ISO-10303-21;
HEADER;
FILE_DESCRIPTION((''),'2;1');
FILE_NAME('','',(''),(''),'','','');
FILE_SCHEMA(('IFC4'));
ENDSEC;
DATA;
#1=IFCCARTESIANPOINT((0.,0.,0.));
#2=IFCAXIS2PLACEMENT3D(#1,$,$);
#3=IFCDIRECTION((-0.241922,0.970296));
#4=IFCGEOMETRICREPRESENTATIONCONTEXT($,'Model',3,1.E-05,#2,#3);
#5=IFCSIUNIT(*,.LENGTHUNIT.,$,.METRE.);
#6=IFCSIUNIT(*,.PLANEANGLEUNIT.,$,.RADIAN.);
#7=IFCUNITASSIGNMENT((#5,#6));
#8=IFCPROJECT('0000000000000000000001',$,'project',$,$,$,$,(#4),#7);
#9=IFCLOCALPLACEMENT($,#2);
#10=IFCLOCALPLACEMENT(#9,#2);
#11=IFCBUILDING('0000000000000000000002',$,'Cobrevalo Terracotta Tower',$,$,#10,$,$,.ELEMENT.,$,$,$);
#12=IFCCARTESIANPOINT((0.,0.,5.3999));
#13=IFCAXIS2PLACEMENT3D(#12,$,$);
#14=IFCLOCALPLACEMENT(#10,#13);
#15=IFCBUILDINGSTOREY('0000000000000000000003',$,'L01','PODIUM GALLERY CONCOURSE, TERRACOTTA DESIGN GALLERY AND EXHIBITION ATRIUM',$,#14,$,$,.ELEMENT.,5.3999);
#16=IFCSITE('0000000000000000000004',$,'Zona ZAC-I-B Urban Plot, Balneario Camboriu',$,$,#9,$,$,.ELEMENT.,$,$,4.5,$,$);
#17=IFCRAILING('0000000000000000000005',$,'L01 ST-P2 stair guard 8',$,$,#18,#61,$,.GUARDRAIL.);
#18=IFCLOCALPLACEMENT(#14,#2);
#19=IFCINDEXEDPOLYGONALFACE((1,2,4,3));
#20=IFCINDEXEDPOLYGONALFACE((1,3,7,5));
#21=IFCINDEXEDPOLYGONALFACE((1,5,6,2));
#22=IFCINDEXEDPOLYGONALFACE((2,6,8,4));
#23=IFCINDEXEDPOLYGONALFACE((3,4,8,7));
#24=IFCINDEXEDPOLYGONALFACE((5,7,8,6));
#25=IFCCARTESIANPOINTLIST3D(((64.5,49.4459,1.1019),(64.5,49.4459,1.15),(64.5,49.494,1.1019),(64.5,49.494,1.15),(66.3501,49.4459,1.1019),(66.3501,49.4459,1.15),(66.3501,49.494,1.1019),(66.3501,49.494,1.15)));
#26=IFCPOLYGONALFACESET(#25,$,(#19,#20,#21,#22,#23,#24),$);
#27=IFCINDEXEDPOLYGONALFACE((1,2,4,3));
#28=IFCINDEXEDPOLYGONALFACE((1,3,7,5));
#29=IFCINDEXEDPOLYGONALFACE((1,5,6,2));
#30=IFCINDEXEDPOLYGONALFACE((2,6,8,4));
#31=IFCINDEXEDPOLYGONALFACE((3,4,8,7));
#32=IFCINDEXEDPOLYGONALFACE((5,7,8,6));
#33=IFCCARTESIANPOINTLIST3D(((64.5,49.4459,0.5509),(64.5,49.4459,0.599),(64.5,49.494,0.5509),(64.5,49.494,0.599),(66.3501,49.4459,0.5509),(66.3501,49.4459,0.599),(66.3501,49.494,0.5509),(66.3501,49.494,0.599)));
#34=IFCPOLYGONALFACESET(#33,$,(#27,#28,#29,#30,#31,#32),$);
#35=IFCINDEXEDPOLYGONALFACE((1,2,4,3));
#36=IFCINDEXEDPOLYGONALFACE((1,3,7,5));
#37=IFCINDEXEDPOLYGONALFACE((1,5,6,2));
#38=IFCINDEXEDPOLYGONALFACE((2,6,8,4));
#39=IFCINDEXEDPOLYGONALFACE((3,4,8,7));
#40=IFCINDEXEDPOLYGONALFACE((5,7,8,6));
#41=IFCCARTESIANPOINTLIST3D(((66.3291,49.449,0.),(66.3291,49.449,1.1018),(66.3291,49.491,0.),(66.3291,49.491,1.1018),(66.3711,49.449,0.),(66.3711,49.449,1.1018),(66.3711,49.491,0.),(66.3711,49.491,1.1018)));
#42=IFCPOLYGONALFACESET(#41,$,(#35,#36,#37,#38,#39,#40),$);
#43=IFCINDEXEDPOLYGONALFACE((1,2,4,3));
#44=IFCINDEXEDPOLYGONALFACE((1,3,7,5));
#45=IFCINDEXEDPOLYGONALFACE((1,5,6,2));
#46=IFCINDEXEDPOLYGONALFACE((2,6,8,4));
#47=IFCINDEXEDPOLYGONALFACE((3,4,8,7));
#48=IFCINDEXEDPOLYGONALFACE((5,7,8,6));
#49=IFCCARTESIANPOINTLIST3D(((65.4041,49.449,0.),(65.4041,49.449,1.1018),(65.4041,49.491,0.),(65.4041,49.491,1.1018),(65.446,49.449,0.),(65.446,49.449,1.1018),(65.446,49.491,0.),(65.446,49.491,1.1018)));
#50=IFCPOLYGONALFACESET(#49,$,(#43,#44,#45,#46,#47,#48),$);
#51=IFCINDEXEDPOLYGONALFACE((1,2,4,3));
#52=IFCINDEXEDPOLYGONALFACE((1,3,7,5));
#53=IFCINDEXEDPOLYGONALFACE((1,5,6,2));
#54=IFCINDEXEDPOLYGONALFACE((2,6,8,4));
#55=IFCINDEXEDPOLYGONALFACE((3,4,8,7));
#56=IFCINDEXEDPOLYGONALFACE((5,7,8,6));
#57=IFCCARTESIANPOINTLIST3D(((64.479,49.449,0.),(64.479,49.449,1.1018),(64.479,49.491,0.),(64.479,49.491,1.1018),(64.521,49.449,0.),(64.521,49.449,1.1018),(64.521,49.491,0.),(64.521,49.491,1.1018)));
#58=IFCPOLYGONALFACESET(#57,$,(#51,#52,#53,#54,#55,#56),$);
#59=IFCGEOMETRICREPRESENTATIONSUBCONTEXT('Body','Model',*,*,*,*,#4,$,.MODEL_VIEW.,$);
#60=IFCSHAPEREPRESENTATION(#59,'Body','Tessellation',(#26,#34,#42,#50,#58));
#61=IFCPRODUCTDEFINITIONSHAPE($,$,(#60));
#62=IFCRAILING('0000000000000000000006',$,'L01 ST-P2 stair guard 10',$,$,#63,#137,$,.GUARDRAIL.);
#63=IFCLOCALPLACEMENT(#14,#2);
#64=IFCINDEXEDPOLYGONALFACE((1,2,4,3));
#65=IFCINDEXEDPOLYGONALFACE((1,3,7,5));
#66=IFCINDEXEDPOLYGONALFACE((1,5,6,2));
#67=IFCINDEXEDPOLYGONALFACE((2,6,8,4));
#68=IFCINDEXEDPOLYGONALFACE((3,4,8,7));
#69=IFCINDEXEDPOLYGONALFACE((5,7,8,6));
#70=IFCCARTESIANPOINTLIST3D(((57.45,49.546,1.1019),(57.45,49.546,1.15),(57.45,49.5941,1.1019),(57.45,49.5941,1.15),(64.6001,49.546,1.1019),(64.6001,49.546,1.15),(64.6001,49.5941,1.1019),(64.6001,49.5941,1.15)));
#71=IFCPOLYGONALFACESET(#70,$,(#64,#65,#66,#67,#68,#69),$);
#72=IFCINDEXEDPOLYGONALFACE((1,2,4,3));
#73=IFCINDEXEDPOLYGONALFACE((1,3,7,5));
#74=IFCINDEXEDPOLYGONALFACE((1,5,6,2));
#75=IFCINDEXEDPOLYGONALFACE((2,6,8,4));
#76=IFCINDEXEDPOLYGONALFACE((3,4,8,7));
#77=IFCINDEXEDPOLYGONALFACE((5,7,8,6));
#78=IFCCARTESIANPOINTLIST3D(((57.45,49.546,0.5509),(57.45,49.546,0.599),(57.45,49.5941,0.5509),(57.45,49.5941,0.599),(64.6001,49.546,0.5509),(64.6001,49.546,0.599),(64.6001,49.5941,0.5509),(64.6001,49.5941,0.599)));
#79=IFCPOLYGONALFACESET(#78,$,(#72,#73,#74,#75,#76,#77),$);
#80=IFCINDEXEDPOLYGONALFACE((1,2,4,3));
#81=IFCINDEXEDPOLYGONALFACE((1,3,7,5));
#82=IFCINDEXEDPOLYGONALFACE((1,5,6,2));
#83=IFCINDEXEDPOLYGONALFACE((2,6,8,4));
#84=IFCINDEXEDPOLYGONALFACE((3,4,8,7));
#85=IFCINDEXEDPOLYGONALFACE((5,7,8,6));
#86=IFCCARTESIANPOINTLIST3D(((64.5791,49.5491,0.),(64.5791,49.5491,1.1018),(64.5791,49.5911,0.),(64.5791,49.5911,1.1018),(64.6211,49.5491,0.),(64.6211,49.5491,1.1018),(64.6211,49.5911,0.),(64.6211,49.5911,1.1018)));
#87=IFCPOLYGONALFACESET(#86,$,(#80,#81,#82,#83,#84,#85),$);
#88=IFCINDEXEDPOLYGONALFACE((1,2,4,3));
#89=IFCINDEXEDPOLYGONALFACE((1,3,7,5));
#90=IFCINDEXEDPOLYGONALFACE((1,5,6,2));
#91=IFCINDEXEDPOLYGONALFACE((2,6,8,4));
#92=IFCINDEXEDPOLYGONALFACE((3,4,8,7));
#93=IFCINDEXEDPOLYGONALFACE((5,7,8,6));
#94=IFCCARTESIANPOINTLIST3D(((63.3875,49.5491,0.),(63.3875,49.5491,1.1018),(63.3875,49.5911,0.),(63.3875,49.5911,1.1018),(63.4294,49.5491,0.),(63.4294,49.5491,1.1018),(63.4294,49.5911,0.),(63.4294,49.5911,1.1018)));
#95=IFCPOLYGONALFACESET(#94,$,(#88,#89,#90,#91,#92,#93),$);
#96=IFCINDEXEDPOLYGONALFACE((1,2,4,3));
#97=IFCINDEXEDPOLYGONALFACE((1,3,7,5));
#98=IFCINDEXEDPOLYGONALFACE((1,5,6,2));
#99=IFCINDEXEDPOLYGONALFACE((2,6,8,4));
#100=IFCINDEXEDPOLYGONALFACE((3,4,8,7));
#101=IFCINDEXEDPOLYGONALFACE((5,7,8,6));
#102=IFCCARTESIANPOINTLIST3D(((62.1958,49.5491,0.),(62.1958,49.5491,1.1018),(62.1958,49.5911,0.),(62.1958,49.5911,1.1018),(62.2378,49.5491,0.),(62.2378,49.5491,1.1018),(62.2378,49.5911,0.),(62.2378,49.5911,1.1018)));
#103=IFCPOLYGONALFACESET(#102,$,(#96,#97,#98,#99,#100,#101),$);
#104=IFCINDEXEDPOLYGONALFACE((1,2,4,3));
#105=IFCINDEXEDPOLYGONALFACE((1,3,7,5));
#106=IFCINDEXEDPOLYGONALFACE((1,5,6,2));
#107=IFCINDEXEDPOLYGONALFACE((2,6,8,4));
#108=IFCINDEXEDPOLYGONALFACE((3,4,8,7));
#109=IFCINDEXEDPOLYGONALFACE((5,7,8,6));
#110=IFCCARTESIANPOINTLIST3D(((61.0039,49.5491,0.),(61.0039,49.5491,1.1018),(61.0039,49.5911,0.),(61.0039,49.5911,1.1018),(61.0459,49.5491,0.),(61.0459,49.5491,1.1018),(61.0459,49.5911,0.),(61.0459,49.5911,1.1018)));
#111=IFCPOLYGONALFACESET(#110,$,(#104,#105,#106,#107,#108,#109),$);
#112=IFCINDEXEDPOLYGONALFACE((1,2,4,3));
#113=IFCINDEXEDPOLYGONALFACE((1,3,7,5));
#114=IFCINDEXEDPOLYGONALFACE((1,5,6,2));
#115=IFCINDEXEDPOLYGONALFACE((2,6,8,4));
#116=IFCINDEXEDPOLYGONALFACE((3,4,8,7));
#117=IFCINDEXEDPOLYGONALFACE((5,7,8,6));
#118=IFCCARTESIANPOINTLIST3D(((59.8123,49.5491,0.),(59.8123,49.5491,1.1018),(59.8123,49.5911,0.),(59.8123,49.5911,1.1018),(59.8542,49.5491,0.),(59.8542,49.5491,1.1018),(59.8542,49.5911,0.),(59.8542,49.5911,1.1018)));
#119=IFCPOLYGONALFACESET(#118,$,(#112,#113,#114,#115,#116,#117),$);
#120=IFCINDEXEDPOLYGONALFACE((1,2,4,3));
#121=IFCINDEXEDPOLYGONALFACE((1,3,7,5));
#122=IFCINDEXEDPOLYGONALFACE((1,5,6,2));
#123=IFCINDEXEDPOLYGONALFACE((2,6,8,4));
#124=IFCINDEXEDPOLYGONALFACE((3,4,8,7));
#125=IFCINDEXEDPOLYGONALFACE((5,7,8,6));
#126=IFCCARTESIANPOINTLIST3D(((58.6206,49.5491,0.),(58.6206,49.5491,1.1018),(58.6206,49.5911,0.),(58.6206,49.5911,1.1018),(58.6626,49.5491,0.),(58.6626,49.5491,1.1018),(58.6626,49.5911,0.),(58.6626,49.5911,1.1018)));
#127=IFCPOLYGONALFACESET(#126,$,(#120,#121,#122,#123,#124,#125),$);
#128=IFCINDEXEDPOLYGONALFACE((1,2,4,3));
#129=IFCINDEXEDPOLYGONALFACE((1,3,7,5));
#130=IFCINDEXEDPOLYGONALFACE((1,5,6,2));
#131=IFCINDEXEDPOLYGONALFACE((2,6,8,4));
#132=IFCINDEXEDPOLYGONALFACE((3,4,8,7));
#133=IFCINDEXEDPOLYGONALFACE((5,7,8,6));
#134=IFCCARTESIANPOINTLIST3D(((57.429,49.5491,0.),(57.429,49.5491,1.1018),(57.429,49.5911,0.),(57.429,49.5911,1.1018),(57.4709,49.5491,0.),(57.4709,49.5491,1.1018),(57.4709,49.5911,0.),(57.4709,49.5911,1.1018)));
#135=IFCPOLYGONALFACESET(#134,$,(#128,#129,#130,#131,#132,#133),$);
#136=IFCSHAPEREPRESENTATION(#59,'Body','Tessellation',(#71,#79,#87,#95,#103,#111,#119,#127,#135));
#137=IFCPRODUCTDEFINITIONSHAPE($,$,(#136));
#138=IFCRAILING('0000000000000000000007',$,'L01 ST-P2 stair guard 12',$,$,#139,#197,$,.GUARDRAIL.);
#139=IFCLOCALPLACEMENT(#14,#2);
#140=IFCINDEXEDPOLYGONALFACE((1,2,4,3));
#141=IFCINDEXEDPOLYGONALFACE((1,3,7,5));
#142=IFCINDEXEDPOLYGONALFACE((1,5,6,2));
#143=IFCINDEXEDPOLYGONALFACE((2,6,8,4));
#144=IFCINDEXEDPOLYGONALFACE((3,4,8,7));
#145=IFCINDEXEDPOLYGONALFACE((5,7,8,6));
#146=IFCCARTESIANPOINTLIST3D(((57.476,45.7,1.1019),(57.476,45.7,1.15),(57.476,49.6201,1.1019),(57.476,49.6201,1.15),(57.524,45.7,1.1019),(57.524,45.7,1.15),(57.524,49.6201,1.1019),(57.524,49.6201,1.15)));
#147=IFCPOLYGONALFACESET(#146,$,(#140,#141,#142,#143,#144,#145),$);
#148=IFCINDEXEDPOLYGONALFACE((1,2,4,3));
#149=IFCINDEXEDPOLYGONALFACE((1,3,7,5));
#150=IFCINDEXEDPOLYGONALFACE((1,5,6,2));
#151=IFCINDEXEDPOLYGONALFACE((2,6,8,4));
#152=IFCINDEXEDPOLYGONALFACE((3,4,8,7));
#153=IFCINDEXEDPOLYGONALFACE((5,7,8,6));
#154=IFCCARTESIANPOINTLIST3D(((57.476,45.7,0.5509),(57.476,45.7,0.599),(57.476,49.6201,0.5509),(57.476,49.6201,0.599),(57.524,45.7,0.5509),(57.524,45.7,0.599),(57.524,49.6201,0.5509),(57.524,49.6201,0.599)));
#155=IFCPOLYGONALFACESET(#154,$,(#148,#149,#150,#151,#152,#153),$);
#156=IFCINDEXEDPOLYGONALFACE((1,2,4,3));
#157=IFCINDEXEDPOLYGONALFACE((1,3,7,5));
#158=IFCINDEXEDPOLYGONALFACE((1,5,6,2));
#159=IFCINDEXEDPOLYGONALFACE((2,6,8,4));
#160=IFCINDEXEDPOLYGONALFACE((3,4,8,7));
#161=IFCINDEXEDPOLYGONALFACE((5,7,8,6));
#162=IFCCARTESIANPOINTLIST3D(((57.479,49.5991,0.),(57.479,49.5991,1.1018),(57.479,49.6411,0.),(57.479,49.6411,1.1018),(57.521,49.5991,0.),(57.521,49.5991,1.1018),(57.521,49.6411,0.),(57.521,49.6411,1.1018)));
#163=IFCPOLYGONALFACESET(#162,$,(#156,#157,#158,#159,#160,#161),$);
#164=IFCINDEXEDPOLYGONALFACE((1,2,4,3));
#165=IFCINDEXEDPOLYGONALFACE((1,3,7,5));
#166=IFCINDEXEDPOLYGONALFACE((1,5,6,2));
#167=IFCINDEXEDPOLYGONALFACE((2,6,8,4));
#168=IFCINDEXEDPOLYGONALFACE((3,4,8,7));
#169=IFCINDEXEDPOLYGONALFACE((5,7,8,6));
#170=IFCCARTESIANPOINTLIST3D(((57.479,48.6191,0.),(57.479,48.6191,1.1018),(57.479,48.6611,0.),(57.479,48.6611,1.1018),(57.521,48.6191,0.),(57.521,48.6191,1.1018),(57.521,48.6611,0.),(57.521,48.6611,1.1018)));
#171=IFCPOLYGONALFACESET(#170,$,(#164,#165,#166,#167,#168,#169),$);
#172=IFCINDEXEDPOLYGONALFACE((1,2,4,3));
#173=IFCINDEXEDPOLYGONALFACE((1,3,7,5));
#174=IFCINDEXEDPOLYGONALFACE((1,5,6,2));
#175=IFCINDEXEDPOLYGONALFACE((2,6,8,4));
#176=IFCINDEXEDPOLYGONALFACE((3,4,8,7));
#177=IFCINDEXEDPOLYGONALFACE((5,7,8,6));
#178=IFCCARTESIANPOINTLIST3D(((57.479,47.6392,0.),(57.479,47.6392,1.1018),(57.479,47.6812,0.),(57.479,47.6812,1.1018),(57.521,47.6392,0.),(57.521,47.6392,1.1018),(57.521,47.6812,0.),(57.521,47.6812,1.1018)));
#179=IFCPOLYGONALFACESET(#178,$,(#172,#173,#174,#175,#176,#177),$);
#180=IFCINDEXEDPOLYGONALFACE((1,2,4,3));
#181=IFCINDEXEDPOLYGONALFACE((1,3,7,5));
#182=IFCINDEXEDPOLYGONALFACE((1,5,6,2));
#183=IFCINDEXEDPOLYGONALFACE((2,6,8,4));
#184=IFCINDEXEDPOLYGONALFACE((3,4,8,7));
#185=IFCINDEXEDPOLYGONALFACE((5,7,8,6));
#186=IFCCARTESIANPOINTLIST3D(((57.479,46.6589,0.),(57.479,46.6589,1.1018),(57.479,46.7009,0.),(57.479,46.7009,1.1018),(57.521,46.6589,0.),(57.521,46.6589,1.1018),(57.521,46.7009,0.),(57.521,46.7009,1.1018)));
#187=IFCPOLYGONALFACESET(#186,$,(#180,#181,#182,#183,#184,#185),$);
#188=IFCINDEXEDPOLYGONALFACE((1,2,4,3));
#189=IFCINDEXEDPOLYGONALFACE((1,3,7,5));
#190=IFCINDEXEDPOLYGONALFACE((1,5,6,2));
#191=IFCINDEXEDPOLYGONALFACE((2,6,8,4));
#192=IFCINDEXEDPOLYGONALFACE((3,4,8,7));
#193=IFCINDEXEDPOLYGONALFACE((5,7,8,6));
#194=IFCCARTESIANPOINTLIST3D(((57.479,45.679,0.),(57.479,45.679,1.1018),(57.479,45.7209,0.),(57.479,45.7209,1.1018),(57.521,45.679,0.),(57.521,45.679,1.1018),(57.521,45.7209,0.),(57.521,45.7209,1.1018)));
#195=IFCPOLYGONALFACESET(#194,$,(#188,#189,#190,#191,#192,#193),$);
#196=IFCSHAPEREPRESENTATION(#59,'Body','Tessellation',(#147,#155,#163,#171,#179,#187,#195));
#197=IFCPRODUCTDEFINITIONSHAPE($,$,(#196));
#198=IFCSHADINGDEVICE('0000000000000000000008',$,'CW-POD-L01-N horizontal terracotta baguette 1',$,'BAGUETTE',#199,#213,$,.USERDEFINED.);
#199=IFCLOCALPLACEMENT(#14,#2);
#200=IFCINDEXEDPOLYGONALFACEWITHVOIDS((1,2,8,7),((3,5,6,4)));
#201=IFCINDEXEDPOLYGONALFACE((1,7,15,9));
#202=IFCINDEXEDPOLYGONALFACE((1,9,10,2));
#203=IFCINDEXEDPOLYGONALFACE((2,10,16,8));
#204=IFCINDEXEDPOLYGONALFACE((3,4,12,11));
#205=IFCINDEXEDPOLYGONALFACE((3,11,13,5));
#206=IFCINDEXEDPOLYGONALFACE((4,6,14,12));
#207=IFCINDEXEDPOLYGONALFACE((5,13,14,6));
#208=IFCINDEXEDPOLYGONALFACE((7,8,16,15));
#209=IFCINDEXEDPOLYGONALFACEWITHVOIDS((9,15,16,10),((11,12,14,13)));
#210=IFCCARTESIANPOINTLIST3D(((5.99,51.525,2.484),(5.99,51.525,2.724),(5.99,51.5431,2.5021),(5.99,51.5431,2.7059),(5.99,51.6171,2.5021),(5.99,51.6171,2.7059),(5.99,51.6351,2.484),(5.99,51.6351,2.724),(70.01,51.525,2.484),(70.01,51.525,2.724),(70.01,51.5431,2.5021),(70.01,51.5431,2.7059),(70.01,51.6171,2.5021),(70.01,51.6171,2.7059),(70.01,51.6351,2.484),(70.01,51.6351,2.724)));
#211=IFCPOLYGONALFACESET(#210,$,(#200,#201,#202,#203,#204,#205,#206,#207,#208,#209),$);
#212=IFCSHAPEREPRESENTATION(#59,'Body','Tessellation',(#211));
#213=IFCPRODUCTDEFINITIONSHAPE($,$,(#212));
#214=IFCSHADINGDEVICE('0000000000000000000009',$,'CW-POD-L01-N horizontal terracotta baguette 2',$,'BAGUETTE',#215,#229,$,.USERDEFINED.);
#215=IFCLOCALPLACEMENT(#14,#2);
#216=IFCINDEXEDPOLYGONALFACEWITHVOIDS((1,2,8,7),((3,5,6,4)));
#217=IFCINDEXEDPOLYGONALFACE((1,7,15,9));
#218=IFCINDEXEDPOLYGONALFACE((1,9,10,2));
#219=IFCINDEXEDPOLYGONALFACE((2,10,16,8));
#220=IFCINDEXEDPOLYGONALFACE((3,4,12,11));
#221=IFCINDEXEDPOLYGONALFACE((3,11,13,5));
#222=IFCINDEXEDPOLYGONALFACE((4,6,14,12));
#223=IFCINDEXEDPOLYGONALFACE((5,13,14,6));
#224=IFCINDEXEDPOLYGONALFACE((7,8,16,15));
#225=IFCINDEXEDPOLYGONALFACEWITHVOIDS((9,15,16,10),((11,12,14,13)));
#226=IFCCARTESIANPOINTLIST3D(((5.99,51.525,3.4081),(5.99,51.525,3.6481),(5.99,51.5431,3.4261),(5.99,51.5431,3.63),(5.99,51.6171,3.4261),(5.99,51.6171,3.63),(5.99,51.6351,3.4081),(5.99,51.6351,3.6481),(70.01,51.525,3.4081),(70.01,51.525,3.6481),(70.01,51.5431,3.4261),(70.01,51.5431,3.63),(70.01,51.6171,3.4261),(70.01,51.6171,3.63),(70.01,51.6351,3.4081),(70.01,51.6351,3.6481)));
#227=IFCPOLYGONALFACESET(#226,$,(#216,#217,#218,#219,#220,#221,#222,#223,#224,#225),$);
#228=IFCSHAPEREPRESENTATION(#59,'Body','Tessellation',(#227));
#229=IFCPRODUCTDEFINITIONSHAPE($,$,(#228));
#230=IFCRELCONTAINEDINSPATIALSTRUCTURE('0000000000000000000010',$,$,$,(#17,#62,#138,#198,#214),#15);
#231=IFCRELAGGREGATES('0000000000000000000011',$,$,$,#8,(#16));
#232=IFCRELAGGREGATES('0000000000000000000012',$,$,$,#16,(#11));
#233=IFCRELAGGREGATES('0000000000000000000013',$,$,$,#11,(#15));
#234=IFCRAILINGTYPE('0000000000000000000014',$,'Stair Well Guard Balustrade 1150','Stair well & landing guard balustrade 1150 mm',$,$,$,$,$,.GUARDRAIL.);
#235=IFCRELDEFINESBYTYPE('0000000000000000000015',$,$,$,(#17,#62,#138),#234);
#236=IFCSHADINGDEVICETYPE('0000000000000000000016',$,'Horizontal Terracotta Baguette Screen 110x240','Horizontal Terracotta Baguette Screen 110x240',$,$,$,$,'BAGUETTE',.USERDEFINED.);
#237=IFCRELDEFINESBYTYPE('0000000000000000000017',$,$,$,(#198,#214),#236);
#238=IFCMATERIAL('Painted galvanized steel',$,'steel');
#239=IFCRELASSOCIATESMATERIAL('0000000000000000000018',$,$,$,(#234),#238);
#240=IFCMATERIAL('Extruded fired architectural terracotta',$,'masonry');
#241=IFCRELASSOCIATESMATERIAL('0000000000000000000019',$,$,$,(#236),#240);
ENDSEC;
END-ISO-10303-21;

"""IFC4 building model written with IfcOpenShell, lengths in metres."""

from ifc_helpers import new_model, si_unit, direction, frame, origin, origin_2d, place, context, subcontext, project, spatial, rectangle, hollow_rectangle, extrude, source, transform, mapped, material, material_profile, profile_set, type_object, element, save


model = new_model("IFC4")

# Units and contexts
model_context = context("Model", 3, precision=1e-05, world=origin(), true_north=direction((-0.241922, 0.970296)))
body_context = subcontext(model_context, "Body", "Model", "MODEL_VIEW")
ifc_project = project(units=[si_unit("LENGTHUNIT", "METRE"), si_unit("PLANEANGLEUNIT", "RADIAN")], contexts=[model_context])

# Site, building, storey
site_placement = place(None, origin())
site = spatial("IfcSite", under=ifc_project, at=site_placement, Name="Zona ZAC-I-B Urban Plot, Balneario Camboriu", CompositionType="ELEMENT", RefElevation=4.5)
building_placement = place(site_placement, origin())
building = spatial("IfcBuilding", under=site, at=building_placement, Name="Cobrevalo Terracotta Tower", CompositionType="ELEMENT")
storey_placement = place(building_placement, frame((0.0, 0.0, 5.3999)))
storey = spatial("IfcBuildingStorey", under=building, at=storey_placement, Name="L01", Description="PODIUM GALLERY CONCOURSE, TERRACOTTA DESIGN GALLERY AND EXHIBITION ATRIUM", CompositionType="ELEMENT", Elevation=5.3999)

# Railings
ifc_material_1 = material(Name="Painted galvanized steel", Category="steel")
railing_type_1 = type_object("IfcRailingType", Name="Stair Well Guard Balustrade 1150", Description="Stair well & landing guard balustrade 1150 mm", PredefinedType="GUARDRAIL", material=ifc_material_1)
railing_1_placement = place(storey_placement, frame((66.3501, 49.47, 0.0)))
element("IfcRailing", 1, at=railing_1_placement, inside=storey, type_object=railing_type_1, Name="L01 ST-P2 stair guard 8", PredefinedType="GUARDRAIL", context=body_context, shape_type="SweptSolid", body=[
    extrude(rectangle(XDim=0.0481, YDim=0.0481, at=origin_2d()), frame((0.0, 0.0, 1.126), z_axis=(-1.0, 0.0, 0.0), x_axis=(0.0, -1.0, 0.0)), (0.0, 0.0, 1.0), 1.8501),
    extrude(rectangle(XDim=0.0481, YDim=0.0481, at=origin_2d()), frame((0.0, 0.0, 0.575), z_axis=(-1.0, 0.0, 0.0), x_axis=(0.0, -1.0, 0.0)), (0.0, 0.0, 1.0), 1.8501),
    extrude(rectangle(XDim=0.042, YDim=0.042, at=origin_2d()), origin(), (0.0, 0.0, 1.0), 1.1018),
    extrude(rectangle(XDim=0.042, YDim=0.042, at=origin_2d()), frame((-0.925, 0.0, 0.0)), (0.0, 0.0, 1.0), 1.1018),
    extrude(rectangle(XDim=0.042, YDim=0.042, at=origin_2d()), frame((-1.8501, 0.0, 0.0)), (0.0, 0.0, 1.0), 1.1018),
])
railing_2_placement = place(storey_placement, frame((64.6001, 49.5701, 0.0)))
element("IfcRailing", 2, at=railing_2_placement, inside=storey, type_object=railing_type_1, Name="L01 ST-P2 stair guard 10", PredefinedType="GUARDRAIL", context=body_context, shape_type="SweptSolid", body=[
    extrude(rectangle(XDim=0.0481, YDim=0.0481, at=origin_2d()), frame((0.0, 0.0, 1.126), z_axis=(-1.0, 0.0, 0.0), x_axis=(0.0, -1.0, 0.0)), (0.0, 0.0, 1.0), 7.1501),
    extrude(rectangle(XDim=0.0481, YDim=0.0481, at=origin_2d()), frame((0.0, 0.0, 0.575), z_axis=(-1.0, 0.0, 0.0), x_axis=(0.0, -1.0, 0.0)), (0.0, 0.0, 1.0), 7.1501),
    extrude(rectangle(XDim=0.042, YDim=0.042, at=origin_2d()), origin(), (0.0, 0.0, 1.0), 1.1018),
    extrude(rectangle(XDim=0.042, YDim=0.042, at=origin_2d()), frame((-1.1917, 0.0, 0.0)), (0.0, 0.0, 1.0), 1.1018),
    extrude(rectangle(XDim=0.042, YDim=0.042, at=origin_2d()), frame((-2.3833, 0.0, 0.0)), (0.0, 0.0, 1.0), 1.1018),
    extrude(rectangle(XDim=0.042, YDim=0.042, at=origin_2d()), frame((-3.5752, 0.0, 0.0)), (0.0, 0.0, 1.0), 1.1018),
    extrude(rectangle(XDim=0.042, YDim=0.042, at=origin_2d()), frame((-4.7668, 0.0, 0.0)), (0.0, 0.0, 1.0), 1.1018),
    extrude(rectangle(XDim=0.042, YDim=0.042, at=origin_2d()), frame((-5.9585, 0.0, 0.0)), (0.0, 0.0, 1.0), 1.1018),
    extrude(rectangle(XDim=0.042, YDim=0.042, at=origin_2d()), frame((-7.1501, 0.0, 0.0)), (0.0, 0.0, 1.0), 1.1018),
])
railing_3_placement = place(storey_placement, frame((57.5, 49.6201, 0.0)))
element("IfcRailing", 3, at=railing_3_placement, inside=storey, type_object=railing_type_1, Name="L01 ST-P2 stair guard 12", PredefinedType="GUARDRAIL", context=body_context, shape_type="SweptSolid", body=[
    extrude(rectangle(XDim=0.0481, YDim=0.0481, at=origin_2d()), frame((0.0, 0.0, 1.126), z_axis=(0.0, -1.0, 0.0), x_axis=(1.0, 0.0, 0.0)), (0.0, 0.0, 1.0), 3.9202),
    extrude(rectangle(XDim=0.0481, YDim=0.0481, at=origin_2d()), frame((0.0, 0.0, 0.575), z_axis=(0.0, -1.0, 0.0), x_axis=(1.0, 0.0, 0.0)), (0.0, 0.0, 1.0), 3.9202),
    extrude(rectangle(XDim=0.042, YDim=0.042, at=origin_2d()), origin(), (0.0, 0.0, 1.0), 1.1018),
    extrude(rectangle(XDim=0.042, YDim=0.042, at=origin_2d()), frame((0.0, -0.98, 0.0)), (0.0, 0.0, 1.0), 1.1018),
    extrude(rectangle(XDim=0.042, YDim=0.042, at=origin_2d()), frame((0.0, -1.96, 0.0)), (0.0, 0.0, 1.0), 1.1018),
    extrude(rectangle(XDim=0.042, YDim=0.042, at=origin_2d()), frame((0.0, -2.9402, 0.0)), (0.0, 0.0, 1.0), 1.1018),
    extrude(rectangle(XDim=0.042, YDim=0.042, at=origin_2d()), frame((0.0, -3.9202, 0.0)), (0.0, 0.0, 1.0), 1.1018),
])

# Shading devices
ifc_material_2 = material(Name="Extruded fired architectural terracotta", Category="masonry")
ifc_material_profile_1 = material_profile(ifc_material_2, hollow_rectangle(XDim=0.1101, YDim=0.24, WallThickness=0.0181, at=origin_2d()), Name="BAGUETTE 110x240")
ifc_profile_set_1 = profile_set([ifc_material_profile_1], Name="Extruded fired architectural terracotta")
shading_device_type = type_object("IfcShadingDeviceType", Name="Horizontal Terracotta Baguette Screen 110x240", Description="Horizontal Terracotta Baguette Screen 110x240", ElementType="BAGUETTE", PredefinedType="USERDEFINED", material=ifc_profile_set_1)
shared_shape_1 = source(origin(), body_context, "Body", "SweptSolid", [
    extrude(hollow_rectangle(XDim=0.1101, YDim=0.24, WallThickness=0.0181, at=origin_2d()), origin(), (0.0, 0.0, 1.0), 64.02),
])
for number, where, z_axis, x_axis, name in (
    (4, (70.01, 51.5801, 2.604), (-1.0, 0.0, 0.0), (0.0, -1.0, 0.0), "CW-POD-L01-N horizontal terracotta baguette 1"),
    (5, (70.01, 51.5801, 3.5281), (-1.0, 0.0, 0.0), (0.0, -1.0, 0.0), "CW-POD-L01-N horizontal terracotta baguette 2"),
):
    element("IfcShadingDevice", number, at=place(storey_placement, frame(where, z_axis=z_axis, x_axis=x_axis)), inside=storey, type_object=shading_device_type, Name=name, ObjectType="BAGUETTE", PredefinedType="USERDEFINED", context=body_context, shape_type="MappedRepresentation", body=[
        mapped(shared_shape_1, transform((0.0, 0.0, 0.0), scale=1.0)),
    ])

save(model, "model.ifc")
